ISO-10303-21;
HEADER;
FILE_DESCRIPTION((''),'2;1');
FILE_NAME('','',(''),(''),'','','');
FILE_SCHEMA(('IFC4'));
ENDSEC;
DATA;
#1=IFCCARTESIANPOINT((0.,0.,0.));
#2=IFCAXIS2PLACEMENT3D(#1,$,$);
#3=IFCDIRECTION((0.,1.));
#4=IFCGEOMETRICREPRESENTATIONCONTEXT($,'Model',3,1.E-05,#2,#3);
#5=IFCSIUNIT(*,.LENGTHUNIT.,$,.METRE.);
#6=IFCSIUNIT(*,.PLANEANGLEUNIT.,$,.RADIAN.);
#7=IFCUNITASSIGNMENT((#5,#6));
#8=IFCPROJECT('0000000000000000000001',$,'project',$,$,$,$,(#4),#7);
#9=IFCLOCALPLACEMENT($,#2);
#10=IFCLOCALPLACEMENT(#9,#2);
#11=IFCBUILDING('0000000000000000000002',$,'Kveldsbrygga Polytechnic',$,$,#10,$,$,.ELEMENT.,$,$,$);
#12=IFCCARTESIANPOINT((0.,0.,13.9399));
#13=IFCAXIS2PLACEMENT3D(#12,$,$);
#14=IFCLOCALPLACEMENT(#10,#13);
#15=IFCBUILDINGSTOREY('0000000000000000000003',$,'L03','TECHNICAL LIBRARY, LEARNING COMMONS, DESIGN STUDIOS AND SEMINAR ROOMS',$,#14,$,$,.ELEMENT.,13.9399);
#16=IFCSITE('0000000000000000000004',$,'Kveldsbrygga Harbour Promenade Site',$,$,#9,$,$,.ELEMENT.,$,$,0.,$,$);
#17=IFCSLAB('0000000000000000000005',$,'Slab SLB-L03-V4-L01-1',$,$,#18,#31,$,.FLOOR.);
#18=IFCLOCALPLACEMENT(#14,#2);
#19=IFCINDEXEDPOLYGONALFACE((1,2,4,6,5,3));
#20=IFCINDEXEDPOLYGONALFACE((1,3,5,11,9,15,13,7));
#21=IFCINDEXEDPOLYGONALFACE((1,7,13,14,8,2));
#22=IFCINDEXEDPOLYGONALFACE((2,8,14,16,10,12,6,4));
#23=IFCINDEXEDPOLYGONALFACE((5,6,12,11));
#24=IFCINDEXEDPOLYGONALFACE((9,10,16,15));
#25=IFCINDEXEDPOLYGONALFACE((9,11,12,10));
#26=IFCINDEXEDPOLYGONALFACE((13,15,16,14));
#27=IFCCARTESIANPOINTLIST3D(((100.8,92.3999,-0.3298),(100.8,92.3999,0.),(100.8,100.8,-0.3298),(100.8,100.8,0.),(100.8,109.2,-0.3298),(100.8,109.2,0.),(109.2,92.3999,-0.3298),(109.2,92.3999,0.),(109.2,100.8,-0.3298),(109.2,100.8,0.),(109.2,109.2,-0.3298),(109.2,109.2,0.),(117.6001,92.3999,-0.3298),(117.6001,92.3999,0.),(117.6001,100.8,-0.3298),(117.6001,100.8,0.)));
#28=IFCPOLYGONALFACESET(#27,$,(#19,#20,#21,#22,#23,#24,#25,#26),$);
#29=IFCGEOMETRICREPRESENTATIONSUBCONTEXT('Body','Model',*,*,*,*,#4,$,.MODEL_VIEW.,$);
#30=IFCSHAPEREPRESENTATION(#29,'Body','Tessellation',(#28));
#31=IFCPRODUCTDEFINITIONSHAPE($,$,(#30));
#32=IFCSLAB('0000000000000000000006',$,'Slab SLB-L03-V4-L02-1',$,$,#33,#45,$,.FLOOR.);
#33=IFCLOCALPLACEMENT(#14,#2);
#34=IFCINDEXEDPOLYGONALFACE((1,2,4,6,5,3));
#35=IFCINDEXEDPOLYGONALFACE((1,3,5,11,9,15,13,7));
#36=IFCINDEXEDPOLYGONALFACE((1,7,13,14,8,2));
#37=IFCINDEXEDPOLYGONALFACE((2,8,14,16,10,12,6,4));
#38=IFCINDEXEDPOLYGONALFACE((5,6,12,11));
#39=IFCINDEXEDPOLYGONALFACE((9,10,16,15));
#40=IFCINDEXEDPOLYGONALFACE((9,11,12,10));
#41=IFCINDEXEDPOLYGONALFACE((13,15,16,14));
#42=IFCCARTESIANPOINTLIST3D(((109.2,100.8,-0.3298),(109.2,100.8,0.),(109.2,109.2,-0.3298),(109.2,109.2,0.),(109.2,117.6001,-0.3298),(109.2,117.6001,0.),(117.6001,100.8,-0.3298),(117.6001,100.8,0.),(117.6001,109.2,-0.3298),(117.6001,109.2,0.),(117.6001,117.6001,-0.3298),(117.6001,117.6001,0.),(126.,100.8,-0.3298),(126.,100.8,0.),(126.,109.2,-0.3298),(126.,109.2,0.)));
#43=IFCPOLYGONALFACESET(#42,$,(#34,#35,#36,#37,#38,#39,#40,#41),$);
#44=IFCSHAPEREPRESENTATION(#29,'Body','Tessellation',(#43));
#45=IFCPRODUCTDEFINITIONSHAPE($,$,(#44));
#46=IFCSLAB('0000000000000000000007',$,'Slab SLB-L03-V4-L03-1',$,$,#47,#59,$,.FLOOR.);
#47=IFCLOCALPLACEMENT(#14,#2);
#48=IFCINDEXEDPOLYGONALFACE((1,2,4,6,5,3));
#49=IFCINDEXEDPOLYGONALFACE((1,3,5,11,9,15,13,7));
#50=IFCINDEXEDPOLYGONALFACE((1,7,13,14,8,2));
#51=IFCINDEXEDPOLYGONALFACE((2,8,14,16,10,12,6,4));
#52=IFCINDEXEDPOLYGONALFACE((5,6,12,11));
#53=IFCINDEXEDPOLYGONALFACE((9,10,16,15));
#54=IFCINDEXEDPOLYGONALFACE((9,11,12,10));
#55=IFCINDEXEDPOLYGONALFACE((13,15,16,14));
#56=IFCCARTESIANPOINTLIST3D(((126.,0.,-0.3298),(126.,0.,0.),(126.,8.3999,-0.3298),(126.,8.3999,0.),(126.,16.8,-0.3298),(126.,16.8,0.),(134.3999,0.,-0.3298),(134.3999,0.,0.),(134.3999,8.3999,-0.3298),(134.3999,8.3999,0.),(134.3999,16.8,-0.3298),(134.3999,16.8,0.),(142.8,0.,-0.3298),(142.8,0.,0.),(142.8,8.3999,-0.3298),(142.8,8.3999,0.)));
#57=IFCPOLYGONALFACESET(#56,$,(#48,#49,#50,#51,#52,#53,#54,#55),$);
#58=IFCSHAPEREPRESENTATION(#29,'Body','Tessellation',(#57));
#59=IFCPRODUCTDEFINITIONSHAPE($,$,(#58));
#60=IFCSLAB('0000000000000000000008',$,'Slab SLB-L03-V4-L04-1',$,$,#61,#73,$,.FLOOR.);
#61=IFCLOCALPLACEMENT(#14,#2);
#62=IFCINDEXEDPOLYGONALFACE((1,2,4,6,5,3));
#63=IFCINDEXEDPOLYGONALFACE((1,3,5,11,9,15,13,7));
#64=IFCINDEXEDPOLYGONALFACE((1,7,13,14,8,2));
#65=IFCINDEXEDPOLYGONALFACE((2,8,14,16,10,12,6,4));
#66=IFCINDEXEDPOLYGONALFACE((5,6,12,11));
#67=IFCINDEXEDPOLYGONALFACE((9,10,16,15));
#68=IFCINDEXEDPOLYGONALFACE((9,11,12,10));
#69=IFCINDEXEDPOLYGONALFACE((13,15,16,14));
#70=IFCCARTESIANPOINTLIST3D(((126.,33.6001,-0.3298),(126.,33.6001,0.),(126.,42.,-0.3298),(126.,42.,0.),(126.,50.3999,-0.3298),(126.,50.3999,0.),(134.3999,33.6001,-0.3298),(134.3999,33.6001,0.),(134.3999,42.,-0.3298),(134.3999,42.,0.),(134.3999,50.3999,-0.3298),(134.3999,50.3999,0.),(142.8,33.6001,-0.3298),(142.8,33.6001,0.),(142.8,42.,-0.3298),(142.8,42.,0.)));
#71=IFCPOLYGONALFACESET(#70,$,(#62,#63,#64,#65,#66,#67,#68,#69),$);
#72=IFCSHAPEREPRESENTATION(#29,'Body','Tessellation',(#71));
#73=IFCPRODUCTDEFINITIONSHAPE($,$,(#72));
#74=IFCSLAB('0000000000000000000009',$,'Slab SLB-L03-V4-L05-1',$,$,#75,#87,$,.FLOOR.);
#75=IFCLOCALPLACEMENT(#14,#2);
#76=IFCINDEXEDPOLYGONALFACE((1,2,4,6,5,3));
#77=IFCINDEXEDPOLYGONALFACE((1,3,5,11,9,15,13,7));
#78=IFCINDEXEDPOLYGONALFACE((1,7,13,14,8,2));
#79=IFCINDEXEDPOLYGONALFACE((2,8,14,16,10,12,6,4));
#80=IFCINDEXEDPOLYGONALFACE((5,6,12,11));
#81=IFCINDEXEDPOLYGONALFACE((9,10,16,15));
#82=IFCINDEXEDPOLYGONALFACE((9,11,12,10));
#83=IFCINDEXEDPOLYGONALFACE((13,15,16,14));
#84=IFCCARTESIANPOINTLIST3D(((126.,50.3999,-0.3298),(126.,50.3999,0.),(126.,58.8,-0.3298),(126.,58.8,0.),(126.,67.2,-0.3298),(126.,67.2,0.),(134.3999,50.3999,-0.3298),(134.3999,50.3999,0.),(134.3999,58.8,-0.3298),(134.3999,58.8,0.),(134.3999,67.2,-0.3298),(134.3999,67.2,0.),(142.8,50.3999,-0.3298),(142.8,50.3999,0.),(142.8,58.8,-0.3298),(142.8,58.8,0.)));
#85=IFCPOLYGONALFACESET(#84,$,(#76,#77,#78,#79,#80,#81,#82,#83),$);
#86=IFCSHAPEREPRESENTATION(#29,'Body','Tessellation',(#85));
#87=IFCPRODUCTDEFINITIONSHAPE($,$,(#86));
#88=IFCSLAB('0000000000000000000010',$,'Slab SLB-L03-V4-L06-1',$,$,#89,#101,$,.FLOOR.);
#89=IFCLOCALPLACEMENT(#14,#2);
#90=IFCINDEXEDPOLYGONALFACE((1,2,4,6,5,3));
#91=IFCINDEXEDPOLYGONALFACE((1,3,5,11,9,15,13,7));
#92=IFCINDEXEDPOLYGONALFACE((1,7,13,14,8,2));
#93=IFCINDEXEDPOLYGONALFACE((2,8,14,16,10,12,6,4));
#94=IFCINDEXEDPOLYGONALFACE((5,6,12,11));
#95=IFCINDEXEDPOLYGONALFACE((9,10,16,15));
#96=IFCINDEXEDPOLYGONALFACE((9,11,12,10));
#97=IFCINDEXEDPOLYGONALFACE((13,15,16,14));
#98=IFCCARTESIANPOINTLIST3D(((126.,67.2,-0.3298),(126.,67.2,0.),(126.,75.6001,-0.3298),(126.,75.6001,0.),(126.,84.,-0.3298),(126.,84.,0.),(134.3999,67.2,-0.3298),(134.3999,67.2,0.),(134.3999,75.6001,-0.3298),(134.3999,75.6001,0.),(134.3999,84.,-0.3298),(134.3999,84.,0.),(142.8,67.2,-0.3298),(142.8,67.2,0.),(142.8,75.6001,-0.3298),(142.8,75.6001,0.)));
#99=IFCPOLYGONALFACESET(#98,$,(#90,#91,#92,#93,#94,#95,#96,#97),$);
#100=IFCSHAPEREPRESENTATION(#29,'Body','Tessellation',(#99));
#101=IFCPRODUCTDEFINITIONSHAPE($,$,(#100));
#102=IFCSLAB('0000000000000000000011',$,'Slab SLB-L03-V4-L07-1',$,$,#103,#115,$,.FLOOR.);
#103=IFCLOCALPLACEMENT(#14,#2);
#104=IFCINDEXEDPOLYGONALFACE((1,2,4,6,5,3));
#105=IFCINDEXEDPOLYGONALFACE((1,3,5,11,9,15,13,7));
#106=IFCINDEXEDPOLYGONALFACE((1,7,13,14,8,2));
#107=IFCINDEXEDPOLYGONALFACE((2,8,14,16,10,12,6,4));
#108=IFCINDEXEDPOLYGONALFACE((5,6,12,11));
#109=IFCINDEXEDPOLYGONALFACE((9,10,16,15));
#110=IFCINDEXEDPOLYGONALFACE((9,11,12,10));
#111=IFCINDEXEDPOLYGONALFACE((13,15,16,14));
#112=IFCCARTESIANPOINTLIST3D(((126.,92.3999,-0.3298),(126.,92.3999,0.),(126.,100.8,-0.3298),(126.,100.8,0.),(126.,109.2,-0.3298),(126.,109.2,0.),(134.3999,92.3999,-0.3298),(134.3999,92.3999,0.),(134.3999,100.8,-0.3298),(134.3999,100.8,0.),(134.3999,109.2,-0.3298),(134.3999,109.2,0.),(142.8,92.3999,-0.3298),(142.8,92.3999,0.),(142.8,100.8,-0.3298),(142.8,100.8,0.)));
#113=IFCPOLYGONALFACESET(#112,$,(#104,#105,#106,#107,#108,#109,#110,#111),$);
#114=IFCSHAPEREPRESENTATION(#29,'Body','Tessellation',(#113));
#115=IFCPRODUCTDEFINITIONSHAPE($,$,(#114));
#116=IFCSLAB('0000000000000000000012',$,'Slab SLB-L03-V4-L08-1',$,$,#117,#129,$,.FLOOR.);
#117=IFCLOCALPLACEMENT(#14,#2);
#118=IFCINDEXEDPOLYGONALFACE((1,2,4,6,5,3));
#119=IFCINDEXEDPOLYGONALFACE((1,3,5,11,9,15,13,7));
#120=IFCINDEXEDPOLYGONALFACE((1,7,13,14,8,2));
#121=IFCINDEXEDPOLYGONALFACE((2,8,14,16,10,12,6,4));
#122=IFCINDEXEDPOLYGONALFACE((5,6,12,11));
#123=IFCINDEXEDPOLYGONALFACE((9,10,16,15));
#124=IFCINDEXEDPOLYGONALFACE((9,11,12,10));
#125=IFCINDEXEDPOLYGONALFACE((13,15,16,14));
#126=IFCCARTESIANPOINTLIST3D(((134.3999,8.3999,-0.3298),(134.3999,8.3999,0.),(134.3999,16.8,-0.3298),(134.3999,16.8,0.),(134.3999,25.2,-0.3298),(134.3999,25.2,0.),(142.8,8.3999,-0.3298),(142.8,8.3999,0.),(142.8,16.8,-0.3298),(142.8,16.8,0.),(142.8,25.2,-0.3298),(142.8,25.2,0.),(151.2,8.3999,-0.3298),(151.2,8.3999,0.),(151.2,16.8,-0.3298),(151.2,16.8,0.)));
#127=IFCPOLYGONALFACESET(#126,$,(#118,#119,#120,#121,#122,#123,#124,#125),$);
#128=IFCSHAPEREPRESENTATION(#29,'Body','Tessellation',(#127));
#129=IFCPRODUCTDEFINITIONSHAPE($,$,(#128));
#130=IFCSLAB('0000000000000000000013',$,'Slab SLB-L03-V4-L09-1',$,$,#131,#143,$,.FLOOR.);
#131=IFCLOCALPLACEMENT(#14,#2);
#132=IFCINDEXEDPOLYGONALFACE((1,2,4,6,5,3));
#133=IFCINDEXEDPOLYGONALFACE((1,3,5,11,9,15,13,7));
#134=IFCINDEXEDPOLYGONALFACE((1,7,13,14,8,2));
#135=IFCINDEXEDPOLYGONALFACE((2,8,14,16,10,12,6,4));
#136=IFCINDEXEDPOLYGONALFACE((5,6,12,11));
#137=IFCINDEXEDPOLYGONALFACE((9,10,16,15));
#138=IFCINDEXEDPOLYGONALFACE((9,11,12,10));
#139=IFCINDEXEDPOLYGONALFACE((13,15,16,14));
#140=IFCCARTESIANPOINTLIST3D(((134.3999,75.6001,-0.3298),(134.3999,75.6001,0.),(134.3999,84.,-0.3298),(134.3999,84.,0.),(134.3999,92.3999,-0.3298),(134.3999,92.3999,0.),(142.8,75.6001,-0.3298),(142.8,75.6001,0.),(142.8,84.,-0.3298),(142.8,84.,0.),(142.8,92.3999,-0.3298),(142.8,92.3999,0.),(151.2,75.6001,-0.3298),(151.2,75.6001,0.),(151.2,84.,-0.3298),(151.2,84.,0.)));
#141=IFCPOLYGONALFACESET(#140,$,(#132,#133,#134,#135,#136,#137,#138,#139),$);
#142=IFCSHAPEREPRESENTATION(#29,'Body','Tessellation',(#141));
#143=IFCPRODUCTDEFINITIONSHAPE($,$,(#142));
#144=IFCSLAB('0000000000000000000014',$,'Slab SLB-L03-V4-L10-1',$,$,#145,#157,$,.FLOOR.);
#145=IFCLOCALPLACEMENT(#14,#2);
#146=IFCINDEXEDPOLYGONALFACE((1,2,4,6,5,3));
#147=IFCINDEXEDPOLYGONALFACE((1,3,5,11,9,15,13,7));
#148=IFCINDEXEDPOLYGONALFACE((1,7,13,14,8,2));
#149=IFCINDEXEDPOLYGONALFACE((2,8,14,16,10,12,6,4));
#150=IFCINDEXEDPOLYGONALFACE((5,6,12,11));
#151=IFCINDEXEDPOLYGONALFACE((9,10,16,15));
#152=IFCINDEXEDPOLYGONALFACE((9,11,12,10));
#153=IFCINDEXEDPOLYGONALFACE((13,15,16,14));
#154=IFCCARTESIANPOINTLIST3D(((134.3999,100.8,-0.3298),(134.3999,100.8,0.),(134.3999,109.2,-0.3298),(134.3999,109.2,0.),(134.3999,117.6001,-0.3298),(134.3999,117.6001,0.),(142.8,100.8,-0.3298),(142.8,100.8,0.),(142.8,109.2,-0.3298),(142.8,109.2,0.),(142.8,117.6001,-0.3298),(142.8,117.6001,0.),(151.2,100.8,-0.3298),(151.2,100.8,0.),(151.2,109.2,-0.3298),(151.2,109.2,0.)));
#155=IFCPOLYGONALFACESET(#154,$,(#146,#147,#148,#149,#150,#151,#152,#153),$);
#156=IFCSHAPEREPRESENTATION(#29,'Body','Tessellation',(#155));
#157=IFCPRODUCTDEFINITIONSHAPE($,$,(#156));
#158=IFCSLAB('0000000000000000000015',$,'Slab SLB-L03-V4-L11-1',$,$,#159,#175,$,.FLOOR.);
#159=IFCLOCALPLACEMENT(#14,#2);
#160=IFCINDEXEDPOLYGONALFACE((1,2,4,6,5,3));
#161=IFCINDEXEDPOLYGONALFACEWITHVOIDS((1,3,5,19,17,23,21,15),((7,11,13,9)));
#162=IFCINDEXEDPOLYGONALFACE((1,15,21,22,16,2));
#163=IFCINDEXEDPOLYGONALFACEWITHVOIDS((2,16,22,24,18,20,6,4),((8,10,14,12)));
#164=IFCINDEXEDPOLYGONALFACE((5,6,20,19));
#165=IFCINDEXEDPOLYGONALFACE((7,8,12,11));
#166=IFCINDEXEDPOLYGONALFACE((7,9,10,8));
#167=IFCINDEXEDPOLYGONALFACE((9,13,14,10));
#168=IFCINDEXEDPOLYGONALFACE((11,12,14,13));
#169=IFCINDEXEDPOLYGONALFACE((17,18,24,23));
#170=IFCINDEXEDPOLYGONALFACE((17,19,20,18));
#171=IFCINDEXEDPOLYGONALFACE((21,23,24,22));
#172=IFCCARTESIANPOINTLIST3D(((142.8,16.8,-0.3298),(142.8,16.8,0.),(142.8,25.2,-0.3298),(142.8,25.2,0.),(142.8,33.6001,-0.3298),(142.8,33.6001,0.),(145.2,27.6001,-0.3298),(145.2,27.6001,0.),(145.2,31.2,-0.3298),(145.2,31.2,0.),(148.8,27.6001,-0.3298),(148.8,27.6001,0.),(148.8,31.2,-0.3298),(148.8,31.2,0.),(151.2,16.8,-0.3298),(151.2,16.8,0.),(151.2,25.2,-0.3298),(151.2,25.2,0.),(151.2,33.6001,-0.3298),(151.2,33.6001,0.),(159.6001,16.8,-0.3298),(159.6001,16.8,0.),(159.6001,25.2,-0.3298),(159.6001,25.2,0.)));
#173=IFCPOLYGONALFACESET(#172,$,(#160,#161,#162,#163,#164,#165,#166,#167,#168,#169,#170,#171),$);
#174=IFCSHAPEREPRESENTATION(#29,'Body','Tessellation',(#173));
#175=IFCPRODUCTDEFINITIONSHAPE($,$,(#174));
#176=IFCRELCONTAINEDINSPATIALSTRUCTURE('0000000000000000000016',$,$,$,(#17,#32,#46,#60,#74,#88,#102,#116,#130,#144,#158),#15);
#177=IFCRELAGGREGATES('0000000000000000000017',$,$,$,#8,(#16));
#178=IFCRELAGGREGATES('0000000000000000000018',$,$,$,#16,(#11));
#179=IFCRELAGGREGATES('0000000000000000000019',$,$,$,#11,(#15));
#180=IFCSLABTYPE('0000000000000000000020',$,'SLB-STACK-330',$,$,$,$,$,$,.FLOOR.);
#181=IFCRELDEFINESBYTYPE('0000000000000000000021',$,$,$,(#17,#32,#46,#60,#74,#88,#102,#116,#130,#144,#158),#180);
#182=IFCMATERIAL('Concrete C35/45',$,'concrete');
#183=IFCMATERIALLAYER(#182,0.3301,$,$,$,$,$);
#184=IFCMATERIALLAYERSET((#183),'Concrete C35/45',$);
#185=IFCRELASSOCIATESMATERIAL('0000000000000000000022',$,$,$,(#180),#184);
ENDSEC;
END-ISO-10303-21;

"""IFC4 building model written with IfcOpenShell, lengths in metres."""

from ifc_helpers import new_model, si_unit, direction, frame, origin, place, context, subcontext, project, spatial, polyline, outline, extrude, material, layer, layer_set, type_object, element, save


model = new_model("IFC4")

# Units and contexts
model_context = context("Model", 3, precision=1e-05, world=origin(), true_north=direction((0.0, 1.0)))
body_context = subcontext(model_context, "Body", "Model", "MODEL_VIEW")
ifc_project = project(units=[si_unit("LENGTHUNIT", "METRE"), si_unit("PLANEANGLEUNIT", "RADIAN")], contexts=[model_context])

# Site, building, storey
site_placement = place(None, origin())
site = spatial("IfcSite", under=ifc_project, at=site_placement, Name="Kveldsbrygga Harbour Promenade Site", CompositionType="ELEMENT", RefElevation=0.0)
building_placement = place(site_placement, origin())
building = spatial("IfcBuilding", under=site, at=building_placement, Name="Kveldsbrygga Polytechnic", CompositionType="ELEMENT")
storey_placement = place(building_placement, frame((0.0, 0.0, 13.9399)))
storey = spatial("IfcBuildingStorey", under=building, at=storey_placement, Name="L03", Description="TECHNICAL LIBRARY, LEARNING COMMONS, DESIGN STUDIOS AND SEMINAR ROOMS", CompositionType="ELEMENT", Elevation=13.9399)

# Slabs
ifc_material_1 = material(Name="Concrete C35/45", Category="concrete")
ifc_layer_1 = layer(ifc_material_1, 0.3301)
ifc_layer_set_1 = layer_set([ifc_layer_1], Name="Concrete C35/45")
slab_type_1 = type_object("IfcSlabType", Name="SLB-STACK-330", PredefinedType="FLOOR", material=ifc_layer_set_1)
slab_1_placement = place(storey_placement, frame((0.0, 0.0, -0.3298)))
element("IfcSlab", 1, at=slab_1_placement, inside=storey, type_object=slab_type_1, Name="Slab SLB-L03-V4-L01-1", PredefinedType="FLOOR", context=body_context, shape_type="SweptSolid", body=[
    extrude(outline(polyline([(100.8, 92.3999), (100.8, 100.8), (100.8, 109.2), (109.2, 109.2), (109.2, 100.8), (117.6001, 100.8), (117.6001, 92.3999), (109.2, 92.3999), (100.8, 92.3999)])), origin(), (0.0, 0.0, 1.0), 0.3298),
])
slab_2_placement = place(storey_placement, frame((0.0, 0.0, -0.3298)))
element("IfcSlab", 2, at=slab_2_placement, inside=storey, type_object=slab_type_1, Name="Slab SLB-L03-V4-L02-1", PredefinedType="FLOOR", context=body_context, shape_type="SweptSolid", body=[
    extrude(outline(polyline([(109.2, 100.8), (109.2, 109.2), (109.2, 117.6001), (117.6001, 117.6001), (117.6001, 109.2), (126.0, 109.2), (126.0, 100.8), (117.6001, 100.8), (109.2, 100.8)])), origin(), (0.0, 0.0, 1.0), 0.3298),
])
slab_3_placement = place(storey_placement, frame((0.0, 0.0, -0.3298)))
element("IfcSlab", 3, at=slab_3_placement, inside=storey, type_object=slab_type_1, Name="Slab SLB-L03-V4-L03-1", PredefinedType="FLOOR", context=body_context, shape_type="SweptSolid", body=[
    extrude(outline(polyline([(126.0, 0.0), (126.0, 8.3999), (126.0, 16.8), (134.3999, 16.8), (134.3999, 8.3999), (142.8, 8.3999), (142.8, 0.0), (134.3999, 0.0), (126.0, 0.0)])), origin(), (0.0, 0.0, 1.0), 0.3298),
])
slab_4_placement = place(storey_placement, frame((0.0, 0.0, -0.3298)))
element("IfcSlab", 4, at=slab_4_placement, inside=storey, type_object=slab_type_1, Name="Slab SLB-L03-V4-L04-1", PredefinedType="FLOOR", context=body_context, shape_type="SweptSolid", body=[
    extrude(outline(polyline([(126.0, 33.6001), (126.0, 42.0), (126.0, 50.3999), (134.3999, 50.3999), (134.3999, 42.0), (142.8, 42.0), (142.8, 33.6001), (134.3999, 33.6001), (126.0, 33.6001)])), origin(), (0.0, 0.0, 1.0), 0.3298),
])
slab_5_placement = place(storey_placement, frame((0.0, 0.0, -0.3298)))
element("IfcSlab", 5, at=slab_5_placement, inside=storey, type_object=slab_type_1, Name="Slab SLB-L03-V4-L05-1", PredefinedType="FLOOR", context=body_context, shape_type="SweptSolid", body=[
    extrude(outline(polyline([(126.0, 50.3999), (126.0, 58.8), (126.0, 67.2), (134.3999, 67.2), (134.3999, 58.8), (142.8, 58.8), (142.8, 50.3999), (134.3999, 50.3999), (126.0, 50.3999)])), origin(), (0.0, 0.0, 1.0), 0.3298),
])
slab_6_placement = place(storey_placement, frame((0.0, 0.0, -0.3298)))
element("IfcSlab", 6, at=slab_6_placement, inside=storey, type_object=slab_type_1, Name="Slab SLB-L03-V4-L06-1", PredefinedType="FLOOR", context=body_context, shape_type="SweptSolid", body=[
    extrude(outline(polyline([(126.0, 67.2), (126.0, 75.6001), (126.0, 84.0), (134.3999, 84.0), (134.3999, 75.6001), (142.8, 75.6001), (142.8, 67.2), (134.3999, 67.2), (126.0, 67.2)])), origin(), (0.0, 0.0, 1.0), 0.3298),
])
slab_7_placement = place(storey_placement, frame((0.0, 0.0, -0.3298)))
element("IfcSlab", 7, at=slab_7_placement, inside=storey, type_object=slab_type_1, Name="Slab SLB-L03-V4-L07-1", PredefinedType="FLOOR", context=body_context, shape_type="SweptSolid", body=[
    extrude(outline(polyline([(126.0, 92.3999), (126.0, 100.8), (126.0, 109.2), (134.3999, 109.2), (134.3999, 100.8), (142.8, 100.8), (142.8, 92.3999), (134.3999, 92.3999), (126.0, 92.3999)])), origin(), (0.0, 0.0, 1.0), 0.3298),
])
slab_8_placement = place(storey_placement, frame((0.0, 0.0, -0.3298)))
element("IfcSlab", 8, at=slab_8_placement, inside=storey, type_object=slab_type_1, Name="Slab SLB-L03-V4-L08-1", PredefinedType="FLOOR", context=body_context, shape_type="SweptSolid", body=[
    extrude(outline(polyline([(134.3999, 8.3999), (134.3999, 16.8), (134.3999, 25.2), (142.8, 25.2), (142.8, 16.8), (151.2, 16.8), (151.2, 8.3999), (142.8, 8.3999), (134.3999, 8.3999)])), origin(), (0.0, 0.0, 1.0), 0.3298),
])
slab_9_placement = place(storey_placement, frame((0.0, 0.0, -0.3298)))
element("IfcSlab", 9, at=slab_9_placement, inside=storey, type_object=slab_type_1, Name="Slab SLB-L03-V4-L09-1", PredefinedType="FLOOR", context=body_context, shape_type="SweptSolid", body=[
    extrude(outline(polyline([(134.3999, 75.6001), (134.3999, 84.0), (134.3999, 92.3999), (142.8, 92.3999), (142.8, 84.0), (151.2, 84.0), (151.2, 75.6001), (142.8, 75.6001), (134.3999, 75.6001)])), origin(), (0.0, 0.0, 1.0), 0.3298),
])
slab_10_placement = place(storey_placement, frame((0.0, 0.0, -0.3298)))
element("IfcSlab", 10, at=slab_10_placement, inside=storey, type_object=slab_type_1, Name="Slab SLB-L03-V4-L10-1", PredefinedType="FLOOR", context=body_context, shape_type="SweptSolid", body=[
    extrude(outline(polyline([(134.3999, 100.8), (134.3999, 109.2), (134.3999, 117.6001), (142.8, 117.6001), (142.8, 109.2), (151.2, 109.2), (151.2, 100.8), (142.8, 100.8), (134.3999, 100.8)])), origin(), (0.0, 0.0, 1.0), 0.3298),
])
slab_11_placement = place(storey_placement, frame((0.0, 0.0, -0.3298)))
element("IfcSlab", 11, at=slab_11_placement, inside=storey, type_object=slab_type_1, Name="Slab SLB-L03-V4-L11-1", PredefinedType="FLOOR", context=body_context, shape_type="SweptSolid", body=[
    extrude(outline(polyline([(142.8, 16.8), (142.8, 25.2), (142.8, 33.6001), (151.2, 33.6001), (151.2, 25.2), (159.6001, 25.2), (159.6001, 16.8), (151.2, 16.8), (142.8, 16.8)]), holes=[polyline([(145.2, 27.6001), (148.8, 27.6001), (148.8, 31.2), (145.2, 31.2), (145.2, 27.6001)])]), origin(), (0.0, 0.0, 1.0), 0.3298),
])

save(model, "model.ifc")
